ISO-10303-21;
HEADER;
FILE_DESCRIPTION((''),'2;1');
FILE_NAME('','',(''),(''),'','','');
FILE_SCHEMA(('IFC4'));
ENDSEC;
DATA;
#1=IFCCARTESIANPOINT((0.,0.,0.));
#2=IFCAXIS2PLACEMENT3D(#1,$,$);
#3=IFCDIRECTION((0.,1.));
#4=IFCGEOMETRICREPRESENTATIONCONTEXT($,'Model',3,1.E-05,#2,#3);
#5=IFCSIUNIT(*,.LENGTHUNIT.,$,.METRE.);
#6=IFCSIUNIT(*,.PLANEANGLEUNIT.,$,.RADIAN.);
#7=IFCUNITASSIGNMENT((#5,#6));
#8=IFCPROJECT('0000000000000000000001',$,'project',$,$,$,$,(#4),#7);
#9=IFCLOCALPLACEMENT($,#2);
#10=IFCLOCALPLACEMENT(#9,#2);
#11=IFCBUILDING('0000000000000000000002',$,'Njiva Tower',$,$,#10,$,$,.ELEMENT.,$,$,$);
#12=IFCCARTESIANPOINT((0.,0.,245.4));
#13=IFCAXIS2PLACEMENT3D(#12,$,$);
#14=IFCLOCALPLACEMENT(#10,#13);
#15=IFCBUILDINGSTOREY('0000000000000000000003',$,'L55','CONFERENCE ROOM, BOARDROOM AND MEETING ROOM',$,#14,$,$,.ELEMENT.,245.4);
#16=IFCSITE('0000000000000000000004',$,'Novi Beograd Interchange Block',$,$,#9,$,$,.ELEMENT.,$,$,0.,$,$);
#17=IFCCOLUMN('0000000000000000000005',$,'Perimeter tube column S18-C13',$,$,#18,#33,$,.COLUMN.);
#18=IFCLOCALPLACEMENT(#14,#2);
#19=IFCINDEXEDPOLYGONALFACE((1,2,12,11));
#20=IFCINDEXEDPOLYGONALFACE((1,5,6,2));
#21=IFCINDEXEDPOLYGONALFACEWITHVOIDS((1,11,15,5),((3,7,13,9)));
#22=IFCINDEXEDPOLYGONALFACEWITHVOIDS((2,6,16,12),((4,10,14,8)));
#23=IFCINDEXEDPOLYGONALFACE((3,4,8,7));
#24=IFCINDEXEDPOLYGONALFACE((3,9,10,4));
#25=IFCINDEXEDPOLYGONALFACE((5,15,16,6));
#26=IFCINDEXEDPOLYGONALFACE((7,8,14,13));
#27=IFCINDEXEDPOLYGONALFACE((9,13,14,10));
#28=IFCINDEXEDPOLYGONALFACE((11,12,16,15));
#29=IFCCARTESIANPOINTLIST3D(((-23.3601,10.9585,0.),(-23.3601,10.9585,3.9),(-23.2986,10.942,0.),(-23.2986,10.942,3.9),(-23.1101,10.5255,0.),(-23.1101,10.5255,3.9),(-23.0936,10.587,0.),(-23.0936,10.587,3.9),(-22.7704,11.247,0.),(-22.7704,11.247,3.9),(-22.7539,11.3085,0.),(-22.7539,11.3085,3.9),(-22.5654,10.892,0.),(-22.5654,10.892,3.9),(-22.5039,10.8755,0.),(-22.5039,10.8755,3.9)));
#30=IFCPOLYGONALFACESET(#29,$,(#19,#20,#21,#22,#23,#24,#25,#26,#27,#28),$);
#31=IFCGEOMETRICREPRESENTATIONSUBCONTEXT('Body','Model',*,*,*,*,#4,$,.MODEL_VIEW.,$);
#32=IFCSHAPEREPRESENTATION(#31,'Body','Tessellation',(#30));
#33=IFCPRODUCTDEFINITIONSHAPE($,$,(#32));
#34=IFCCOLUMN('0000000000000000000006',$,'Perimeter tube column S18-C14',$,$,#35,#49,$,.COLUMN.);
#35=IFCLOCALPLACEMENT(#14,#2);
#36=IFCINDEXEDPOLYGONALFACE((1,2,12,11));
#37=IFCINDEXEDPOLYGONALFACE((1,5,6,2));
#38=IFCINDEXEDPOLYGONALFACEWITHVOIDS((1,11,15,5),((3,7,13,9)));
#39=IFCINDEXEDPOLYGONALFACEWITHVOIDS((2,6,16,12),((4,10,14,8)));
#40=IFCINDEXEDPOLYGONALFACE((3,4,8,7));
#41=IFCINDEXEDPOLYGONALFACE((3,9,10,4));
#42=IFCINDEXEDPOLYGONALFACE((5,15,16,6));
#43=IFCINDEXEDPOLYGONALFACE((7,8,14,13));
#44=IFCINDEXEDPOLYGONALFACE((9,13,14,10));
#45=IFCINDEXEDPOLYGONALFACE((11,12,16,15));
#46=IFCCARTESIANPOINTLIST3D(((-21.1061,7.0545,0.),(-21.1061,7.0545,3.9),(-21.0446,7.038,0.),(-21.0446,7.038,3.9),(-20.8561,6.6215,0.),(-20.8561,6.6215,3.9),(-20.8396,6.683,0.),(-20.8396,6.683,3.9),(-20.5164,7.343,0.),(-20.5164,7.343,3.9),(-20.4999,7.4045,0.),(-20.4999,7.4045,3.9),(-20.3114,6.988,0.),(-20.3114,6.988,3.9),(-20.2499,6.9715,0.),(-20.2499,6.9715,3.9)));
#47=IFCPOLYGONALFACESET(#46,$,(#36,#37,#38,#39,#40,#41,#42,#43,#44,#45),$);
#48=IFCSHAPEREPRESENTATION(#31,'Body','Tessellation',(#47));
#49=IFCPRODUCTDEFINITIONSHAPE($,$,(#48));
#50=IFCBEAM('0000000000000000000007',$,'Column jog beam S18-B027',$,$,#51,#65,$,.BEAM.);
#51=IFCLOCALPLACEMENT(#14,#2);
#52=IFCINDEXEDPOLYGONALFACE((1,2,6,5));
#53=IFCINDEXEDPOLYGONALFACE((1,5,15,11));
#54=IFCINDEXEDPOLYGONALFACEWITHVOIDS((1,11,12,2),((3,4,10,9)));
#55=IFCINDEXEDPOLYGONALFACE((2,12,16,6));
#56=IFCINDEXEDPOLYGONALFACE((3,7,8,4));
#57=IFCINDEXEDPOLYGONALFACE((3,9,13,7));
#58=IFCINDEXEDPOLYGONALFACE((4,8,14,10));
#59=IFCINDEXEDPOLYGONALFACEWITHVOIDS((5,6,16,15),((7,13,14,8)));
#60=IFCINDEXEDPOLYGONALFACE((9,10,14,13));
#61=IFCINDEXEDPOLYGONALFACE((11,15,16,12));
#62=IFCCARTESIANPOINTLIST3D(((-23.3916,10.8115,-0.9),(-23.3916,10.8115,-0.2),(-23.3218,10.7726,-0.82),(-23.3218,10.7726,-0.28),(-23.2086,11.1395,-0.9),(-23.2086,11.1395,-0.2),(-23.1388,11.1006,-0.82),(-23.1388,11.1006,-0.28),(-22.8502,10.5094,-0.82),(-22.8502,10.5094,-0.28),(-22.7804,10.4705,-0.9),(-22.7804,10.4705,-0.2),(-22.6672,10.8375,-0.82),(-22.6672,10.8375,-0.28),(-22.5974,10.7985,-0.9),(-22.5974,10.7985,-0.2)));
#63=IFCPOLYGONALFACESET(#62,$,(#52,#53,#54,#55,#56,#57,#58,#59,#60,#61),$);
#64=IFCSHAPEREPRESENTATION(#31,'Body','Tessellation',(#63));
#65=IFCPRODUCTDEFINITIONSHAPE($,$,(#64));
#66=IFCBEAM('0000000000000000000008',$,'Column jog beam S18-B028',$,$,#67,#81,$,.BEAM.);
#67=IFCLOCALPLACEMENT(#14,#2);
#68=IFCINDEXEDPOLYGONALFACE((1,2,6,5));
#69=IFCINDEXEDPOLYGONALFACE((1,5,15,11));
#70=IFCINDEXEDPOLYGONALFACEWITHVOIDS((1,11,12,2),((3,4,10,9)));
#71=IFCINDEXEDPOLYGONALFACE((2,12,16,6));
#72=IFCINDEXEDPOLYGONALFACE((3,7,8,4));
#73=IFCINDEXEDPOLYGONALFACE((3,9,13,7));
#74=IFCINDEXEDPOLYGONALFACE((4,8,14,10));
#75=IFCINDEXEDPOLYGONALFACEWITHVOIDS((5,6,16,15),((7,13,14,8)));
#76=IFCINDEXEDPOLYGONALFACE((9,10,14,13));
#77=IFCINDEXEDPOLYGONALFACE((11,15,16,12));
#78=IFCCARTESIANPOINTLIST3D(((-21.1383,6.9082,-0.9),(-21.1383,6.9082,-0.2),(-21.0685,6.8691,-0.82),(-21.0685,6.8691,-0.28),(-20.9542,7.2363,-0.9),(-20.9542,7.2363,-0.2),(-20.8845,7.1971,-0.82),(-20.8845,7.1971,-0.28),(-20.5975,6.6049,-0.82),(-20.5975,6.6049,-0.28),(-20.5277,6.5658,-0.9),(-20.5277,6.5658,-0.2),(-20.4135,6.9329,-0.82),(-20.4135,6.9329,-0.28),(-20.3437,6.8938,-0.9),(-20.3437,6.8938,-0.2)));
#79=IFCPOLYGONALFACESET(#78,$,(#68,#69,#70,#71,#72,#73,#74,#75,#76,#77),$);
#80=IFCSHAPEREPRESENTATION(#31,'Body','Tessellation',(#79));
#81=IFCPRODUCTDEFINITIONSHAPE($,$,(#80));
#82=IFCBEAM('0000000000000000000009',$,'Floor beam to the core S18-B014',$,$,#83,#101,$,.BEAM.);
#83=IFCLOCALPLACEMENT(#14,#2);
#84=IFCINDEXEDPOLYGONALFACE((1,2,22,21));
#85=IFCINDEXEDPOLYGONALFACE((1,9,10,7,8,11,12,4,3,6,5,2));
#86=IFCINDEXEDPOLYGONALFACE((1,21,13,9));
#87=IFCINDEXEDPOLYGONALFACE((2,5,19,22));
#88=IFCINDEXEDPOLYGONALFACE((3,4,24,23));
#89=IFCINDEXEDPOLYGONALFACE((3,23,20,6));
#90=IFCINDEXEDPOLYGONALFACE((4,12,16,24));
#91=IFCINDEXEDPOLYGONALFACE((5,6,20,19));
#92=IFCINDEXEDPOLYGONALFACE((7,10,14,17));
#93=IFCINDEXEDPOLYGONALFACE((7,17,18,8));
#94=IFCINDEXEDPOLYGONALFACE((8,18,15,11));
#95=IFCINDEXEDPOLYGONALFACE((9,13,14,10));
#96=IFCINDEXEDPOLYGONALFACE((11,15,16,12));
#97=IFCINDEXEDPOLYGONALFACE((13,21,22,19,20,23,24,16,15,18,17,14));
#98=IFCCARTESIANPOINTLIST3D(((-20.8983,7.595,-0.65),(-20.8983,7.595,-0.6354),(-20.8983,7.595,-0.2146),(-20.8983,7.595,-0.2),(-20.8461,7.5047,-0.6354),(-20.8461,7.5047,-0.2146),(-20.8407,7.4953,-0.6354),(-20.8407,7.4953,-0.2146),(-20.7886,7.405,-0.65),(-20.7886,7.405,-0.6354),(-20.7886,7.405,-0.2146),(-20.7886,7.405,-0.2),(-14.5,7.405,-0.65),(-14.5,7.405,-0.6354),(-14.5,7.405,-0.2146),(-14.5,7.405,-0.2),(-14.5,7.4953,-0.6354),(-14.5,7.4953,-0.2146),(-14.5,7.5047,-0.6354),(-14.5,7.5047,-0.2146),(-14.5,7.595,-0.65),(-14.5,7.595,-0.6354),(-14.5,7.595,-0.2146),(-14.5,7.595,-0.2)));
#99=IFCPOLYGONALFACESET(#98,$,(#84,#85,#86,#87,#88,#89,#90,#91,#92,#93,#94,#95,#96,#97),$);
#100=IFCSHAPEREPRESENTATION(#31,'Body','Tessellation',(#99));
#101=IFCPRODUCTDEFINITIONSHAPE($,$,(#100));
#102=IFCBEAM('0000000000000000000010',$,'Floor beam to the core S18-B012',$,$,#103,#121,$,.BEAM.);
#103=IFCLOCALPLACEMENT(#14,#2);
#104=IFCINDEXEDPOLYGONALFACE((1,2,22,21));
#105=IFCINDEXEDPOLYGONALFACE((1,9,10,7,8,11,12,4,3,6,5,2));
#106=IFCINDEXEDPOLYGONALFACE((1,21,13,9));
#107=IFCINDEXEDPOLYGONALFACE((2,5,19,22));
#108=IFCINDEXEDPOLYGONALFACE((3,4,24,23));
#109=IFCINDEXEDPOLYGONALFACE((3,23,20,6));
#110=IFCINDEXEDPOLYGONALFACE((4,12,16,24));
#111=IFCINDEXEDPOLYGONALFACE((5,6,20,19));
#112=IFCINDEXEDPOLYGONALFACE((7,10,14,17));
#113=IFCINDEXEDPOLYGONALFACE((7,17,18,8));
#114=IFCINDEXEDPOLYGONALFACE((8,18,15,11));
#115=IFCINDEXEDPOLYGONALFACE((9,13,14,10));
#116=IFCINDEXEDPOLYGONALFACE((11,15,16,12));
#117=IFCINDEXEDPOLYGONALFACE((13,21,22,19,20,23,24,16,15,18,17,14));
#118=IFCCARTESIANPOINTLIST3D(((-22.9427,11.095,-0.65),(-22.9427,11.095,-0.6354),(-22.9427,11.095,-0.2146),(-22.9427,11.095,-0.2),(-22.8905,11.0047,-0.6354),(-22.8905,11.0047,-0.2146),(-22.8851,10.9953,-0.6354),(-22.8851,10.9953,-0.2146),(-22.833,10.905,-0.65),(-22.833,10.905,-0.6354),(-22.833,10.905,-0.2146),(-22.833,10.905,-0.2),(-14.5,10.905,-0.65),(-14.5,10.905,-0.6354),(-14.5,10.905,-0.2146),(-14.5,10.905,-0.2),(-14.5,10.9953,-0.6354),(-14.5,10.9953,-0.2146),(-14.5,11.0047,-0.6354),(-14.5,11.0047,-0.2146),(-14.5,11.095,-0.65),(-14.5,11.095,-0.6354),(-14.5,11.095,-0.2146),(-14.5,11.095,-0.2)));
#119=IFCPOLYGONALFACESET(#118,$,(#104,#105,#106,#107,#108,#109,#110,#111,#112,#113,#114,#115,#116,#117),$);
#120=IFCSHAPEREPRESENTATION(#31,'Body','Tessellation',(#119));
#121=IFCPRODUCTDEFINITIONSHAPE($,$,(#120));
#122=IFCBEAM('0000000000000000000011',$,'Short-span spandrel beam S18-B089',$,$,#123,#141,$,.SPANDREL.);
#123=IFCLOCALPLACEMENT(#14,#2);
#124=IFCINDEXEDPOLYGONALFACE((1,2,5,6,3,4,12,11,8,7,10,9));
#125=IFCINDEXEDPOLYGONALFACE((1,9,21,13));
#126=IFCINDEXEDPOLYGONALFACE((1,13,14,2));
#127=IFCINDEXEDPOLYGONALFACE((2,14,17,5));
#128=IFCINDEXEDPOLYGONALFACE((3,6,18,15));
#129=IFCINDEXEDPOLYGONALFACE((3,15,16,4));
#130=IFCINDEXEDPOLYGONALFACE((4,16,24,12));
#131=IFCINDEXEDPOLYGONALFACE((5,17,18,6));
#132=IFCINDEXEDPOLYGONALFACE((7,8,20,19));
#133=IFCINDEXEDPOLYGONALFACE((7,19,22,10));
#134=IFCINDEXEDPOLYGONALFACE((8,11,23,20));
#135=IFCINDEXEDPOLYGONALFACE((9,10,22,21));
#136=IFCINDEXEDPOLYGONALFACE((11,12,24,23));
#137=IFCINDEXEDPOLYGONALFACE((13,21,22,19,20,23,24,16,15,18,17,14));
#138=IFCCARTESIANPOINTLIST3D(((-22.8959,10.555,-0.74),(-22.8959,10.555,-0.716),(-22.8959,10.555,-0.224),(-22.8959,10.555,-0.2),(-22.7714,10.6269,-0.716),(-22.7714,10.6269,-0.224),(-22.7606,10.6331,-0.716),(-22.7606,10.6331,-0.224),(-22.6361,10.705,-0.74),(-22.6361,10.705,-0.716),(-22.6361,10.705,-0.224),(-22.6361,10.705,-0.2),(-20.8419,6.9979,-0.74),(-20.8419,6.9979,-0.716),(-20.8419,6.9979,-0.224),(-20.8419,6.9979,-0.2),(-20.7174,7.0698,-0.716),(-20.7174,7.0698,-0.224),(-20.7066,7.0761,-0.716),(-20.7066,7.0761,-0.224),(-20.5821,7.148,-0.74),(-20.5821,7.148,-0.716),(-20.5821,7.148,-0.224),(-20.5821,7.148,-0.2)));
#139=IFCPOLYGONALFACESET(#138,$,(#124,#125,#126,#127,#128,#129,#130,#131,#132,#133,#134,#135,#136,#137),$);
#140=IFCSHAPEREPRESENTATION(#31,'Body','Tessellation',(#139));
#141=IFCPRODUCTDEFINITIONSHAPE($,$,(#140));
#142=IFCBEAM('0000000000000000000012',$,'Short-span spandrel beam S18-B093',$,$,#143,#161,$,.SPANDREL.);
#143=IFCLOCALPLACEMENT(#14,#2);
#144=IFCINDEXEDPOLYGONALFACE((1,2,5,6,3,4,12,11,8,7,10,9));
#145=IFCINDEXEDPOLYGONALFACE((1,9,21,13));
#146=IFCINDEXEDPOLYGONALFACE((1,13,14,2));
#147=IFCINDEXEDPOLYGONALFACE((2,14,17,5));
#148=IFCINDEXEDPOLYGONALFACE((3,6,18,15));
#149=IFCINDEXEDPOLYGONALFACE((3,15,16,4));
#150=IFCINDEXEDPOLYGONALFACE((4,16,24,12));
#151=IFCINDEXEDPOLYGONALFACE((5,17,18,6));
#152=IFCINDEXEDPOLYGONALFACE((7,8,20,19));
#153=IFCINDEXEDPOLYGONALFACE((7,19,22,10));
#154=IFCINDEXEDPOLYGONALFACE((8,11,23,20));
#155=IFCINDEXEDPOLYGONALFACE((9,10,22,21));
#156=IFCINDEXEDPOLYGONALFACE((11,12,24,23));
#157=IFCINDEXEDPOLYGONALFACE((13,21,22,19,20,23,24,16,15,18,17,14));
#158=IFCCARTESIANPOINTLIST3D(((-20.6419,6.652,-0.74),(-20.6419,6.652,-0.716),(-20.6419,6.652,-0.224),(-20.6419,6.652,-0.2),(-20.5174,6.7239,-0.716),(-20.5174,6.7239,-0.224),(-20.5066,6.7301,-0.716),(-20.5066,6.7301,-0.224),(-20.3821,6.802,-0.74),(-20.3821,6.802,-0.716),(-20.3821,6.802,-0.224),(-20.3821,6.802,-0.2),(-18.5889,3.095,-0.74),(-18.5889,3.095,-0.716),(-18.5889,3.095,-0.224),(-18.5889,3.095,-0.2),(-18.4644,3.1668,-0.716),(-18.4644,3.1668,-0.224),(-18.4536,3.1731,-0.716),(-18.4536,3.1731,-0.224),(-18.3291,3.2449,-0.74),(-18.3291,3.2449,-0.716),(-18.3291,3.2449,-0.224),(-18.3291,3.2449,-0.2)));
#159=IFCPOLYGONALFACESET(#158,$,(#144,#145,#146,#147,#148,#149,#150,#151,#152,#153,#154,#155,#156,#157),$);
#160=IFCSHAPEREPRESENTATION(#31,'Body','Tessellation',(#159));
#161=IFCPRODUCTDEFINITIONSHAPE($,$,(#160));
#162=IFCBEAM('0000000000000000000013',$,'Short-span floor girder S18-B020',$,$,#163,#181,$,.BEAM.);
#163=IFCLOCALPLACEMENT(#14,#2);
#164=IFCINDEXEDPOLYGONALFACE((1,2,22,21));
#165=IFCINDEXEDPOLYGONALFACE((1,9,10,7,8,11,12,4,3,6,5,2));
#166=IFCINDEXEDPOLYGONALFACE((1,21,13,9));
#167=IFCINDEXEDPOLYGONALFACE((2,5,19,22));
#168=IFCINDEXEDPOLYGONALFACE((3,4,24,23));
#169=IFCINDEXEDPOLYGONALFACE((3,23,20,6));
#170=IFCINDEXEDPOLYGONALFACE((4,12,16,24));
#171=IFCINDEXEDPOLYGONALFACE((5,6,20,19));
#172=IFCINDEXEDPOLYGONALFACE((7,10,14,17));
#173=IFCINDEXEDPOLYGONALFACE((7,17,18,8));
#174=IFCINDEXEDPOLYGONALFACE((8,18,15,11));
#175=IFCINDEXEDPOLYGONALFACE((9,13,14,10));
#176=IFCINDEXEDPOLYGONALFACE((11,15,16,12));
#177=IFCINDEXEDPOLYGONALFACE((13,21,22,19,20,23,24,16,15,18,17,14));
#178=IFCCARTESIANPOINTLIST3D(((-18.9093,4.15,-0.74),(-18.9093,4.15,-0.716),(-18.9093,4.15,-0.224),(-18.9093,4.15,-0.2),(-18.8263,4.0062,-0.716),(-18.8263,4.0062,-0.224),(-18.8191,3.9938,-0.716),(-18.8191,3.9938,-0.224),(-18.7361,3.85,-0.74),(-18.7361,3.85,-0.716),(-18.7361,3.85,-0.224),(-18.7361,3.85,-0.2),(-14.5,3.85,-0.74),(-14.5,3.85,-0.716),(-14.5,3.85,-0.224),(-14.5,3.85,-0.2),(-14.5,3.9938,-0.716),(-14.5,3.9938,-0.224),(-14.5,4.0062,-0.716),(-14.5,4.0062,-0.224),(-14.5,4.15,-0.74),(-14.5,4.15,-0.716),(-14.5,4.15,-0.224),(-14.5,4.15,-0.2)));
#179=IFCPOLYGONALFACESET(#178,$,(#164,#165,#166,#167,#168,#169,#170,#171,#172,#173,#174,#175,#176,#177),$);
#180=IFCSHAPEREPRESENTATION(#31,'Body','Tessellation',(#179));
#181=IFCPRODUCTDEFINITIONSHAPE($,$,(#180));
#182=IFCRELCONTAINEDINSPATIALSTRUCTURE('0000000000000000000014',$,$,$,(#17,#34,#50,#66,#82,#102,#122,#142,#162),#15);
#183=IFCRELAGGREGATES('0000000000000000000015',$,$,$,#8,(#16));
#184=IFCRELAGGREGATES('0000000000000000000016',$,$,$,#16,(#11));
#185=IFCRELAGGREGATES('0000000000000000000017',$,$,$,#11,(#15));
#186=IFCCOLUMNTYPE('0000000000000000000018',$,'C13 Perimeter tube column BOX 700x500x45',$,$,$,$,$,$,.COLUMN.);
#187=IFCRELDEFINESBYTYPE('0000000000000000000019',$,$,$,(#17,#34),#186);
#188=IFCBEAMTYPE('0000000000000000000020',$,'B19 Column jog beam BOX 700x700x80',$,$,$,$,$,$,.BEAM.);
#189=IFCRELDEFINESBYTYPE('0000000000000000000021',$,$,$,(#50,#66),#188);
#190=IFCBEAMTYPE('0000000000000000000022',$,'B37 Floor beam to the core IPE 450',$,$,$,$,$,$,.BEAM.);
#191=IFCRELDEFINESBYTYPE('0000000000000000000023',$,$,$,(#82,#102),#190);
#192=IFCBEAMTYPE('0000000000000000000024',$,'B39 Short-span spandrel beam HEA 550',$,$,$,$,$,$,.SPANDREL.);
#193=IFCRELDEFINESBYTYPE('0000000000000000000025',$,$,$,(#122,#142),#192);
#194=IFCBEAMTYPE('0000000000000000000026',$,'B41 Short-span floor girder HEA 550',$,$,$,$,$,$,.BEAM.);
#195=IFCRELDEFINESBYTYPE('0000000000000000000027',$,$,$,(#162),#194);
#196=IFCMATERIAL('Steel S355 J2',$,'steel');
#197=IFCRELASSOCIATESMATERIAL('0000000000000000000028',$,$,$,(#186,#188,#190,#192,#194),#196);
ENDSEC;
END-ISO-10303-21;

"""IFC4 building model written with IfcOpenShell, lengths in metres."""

from ifc_helpers import new_model, si_unit, direction, frame, origin, origin_2d, place, context, subcontext, project, spatial, hollow_rectangle, i_section, extrude, clip, halfspace, material, material_profile, profile_set, type_object, element, save


model = new_model("IFC4")

# Units and contexts
model_context = context("Model", 3, precision=1e-05, world=origin(), true_north=direction((0.0, 1.0)))
body_context = subcontext(model_context, "Body", "Model", "MODEL_VIEW")
ifc_project = project(units=[si_unit("LENGTHUNIT", "METRE"), si_unit("PLANEANGLEUNIT", "RADIAN")], contexts=[model_context])

# Site, building, storey
site_placement = place(None, origin())
site = spatial("IfcSite", under=ifc_project, at=site_placement, Name="Novi Beograd Interchange Block", CompositionType="ELEMENT", RefElevation=0.0)
building_placement = place(site_placement, origin())
building = spatial("IfcBuilding", under=site, at=building_placement, Name="Njiva Tower", CompositionType="ELEMENT")
storey_placement = place(building_placement, frame((0.0, 0.0, 245.4)))
storey = spatial("IfcBuildingStorey", under=building, at=storey_placement, Name="L55", Description="CONFERENCE ROOM, BOARDROOM AND MEETING ROOM", CompositionType="ELEMENT", Elevation=245.4)

# Columns
ifc_material_1 = material(Name="Steel S355 J2", Category="steel")
ifc_material_profile_1 = material_profile(ifc_material_1, hollow_rectangle(XDim=0.5, YDim=0.7, WallThickness=0.045, at=origin_2d()), Name="BOX 700x500x45")
ifc_profile_set_1 = profile_set([ifc_material_profile_1], Name="Steel S355 J2")
column_type = type_object("IfcColumnType", Name="C13 Perimeter tube column BOX 700x500x45", PredefinedType="COLUMN", material=ifc_profile_set_1)
for number, where, z_axis, x_axis, name in (
    (1, (-22.932, 10.917, 0.0), (0.0, 0.0, 1.0), (0.5, -0.866025, 0.0), "Perimeter tube column S18-C13"),
    (2, (-20.678, 7.013, 0.0), (0.0, 0.0, 1.0), (0.5, -0.866025, 0.0), "Perimeter tube column S18-C14"),
):
    element("IfcColumn", number, at=place(storey_placement, frame(where, z_axis=z_axis, x_axis=x_axis)), inside=storey, type_object=column_type, Name=name, PredefinedType="COLUMN", context=body_context, shape_type="SweptSolid", body=[
        extrude(hollow_rectangle(XDim=0.5, YDim=0.7, WallThickness=0.045, at=origin_2d()), origin(), (0.0, 0.0, 1.0), 3.9),
    ])

# Beams
ifc_material_profile_2 = material_profile(ifc_material_1, hollow_rectangle(XDim=0.7, YDim=0.7, WallThickness=0.08, at=origin_2d()), Name="BOX 700x700x80")
ifc_profile_set_2 = profile_set([ifc_material_profile_2], Name="Steel S355 J2")
beam_type_1 = type_object("IfcBeamType", Name="B19 Column jog beam BOX 700x700x80", PredefinedType="BEAM", material=ifc_profile_set_2)
beam_1_placement = place(storey_placement, frame((-23.086, 10.641, -0.55), z_axis=(0.487225, 0.873277, 0.0), x_axis=(-0.873277, 0.487225, 0.0)))
element("IfcBeam", 3, at=beam_1_placement, inside=storey, type_object=beam_type_1, Name="Column jog beam S18-B027", PredefinedType="BEAM", context=body_context, shape_type="SweptSolid", body=[
    extrude(hollow_rectangle(XDim=0.7, YDim=0.7, WallThickness=0.08, at=origin_2d()), origin(), (0.0, 0.0, 1.0), 0.3756),
])
beam_2_placement = place(storey_placement, frame((-20.833, 6.737, -0.55), z_axis=(0.489251, 0.872143, 0.0), x_axis=(-0.872143, 0.489251, 0.0)))
element("IfcBeam", 4, at=beam_2_placement, inside=storey, type_object=beam_type_1, Name="Column jog beam S18-B028", PredefinedType="BEAM", context=body_context, shape_type="SweptSolid", body=[
    extrude(hollow_rectangle(XDim=0.7, YDim=0.7, WallThickness=0.08, at=origin_2d()), origin(), (0.0, 0.0, 1.0), 0.3761),
])
ifc_material_profile_3 = material_profile(ifc_material_1, i_section(OverallWidth=0.19, OverallDepth=0.45, WebThickness=0.0094, FlangeThickness=0.0146, at=origin_2d()), Name="IPE 450")
ifc_profile_set_3 = profile_set([ifc_material_profile_3], Name="Steel S355 J2")
beam_type_2 = type_object("IfcBeamType", Name="B37 Floor beam to the core IPE 450", PredefinedType="BEAM", material=ifc_profile_set_3)
beam_3_placement = place(storey_placement, frame((-20.918, 7.5, -0.425), z_axis=(1.0, 0.0, 0.0), x_axis=(0.0, 1.0, 0.0)))
element("IfcBeam", 5, at=beam_3_placement, inside=storey, type_object=beam_type_2, Name="Floor beam to the core S18-B014", PredefinedType="BEAM", context=body_context, shape_type="Clipping", body=[
    clip(extrude(i_section(OverallWidth=0.19, OverallDepth=0.45, WebThickness=0.0094, FlangeThickness=0.0146, at=origin_2d()), origin(), (0.0, 0.0, 1.0), 6.418), halfspace(frame((-0.025, 0.0, 0.089), z_axis=(-0.499998, 0.0, -0.866027), x_axis=(0.0, -1.0, 0.0)), False)),
])
beam_4_placement = place(storey_placement, frame((-22.963, 11.0, -0.425), z_axis=(1.0, 0.0, 0.0), x_axis=(0.0, 1.0, 0.0)))
element("IfcBeam", 6, at=beam_4_placement, inside=storey, type_object=beam_type_2, Name="Floor beam to the core S18-B012", PredefinedType="BEAM", context=body_context, shape_type="Clipping", body=[
    clip(extrude(i_section(OverallWidth=0.19, OverallDepth=0.45, WebThickness=0.0094, FlangeThickness=0.0146, at=origin_2d()), origin(), (0.0, 0.0, 1.0), 8.463), halfspace(frame((-0.025, 0.0, 0.0896), z_axis=(-0.499998, 0.0, -0.866027), x_axis=(0.0, -1.0, 0.0)), False)),
])
ifc_material_profile_4 = material_profile(ifc_material_1, i_section(OverallWidth=0.3, OverallDepth=0.54, WebThickness=0.0125, FlangeThickness=0.024, at=origin_2d()), Name="HEA 550")
ifc_profile_set_4 = profile_set([ifc_material_profile_4], Name="Steel S355 J2")
beam_type_3 = type_object("IfcBeamType", Name="B39 Short-span spandrel beam HEA 550", PredefinedType="SPANDREL", material=ifc_profile_set_4)
beam_5_placement = place(storey_placement, frame((-22.766, 10.63, -0.47), z_axis=(0.500067, -0.865987, 0.0), x_axis=(0.865987, 0.500067, 0.0)))
element("IfcBeam", 7, at=beam_5_placement, inside=storey, type_object=beam_type_3, Name="Short-span spandrel beam S18-B089", PredefinedType="SPANDREL", context=body_context, shape_type="SweptSolid", body=[
    extrude(i_section(OverallWidth=0.3, OverallDepth=0.54, WebThickness=0.0125, FlangeThickness=0.024, at=origin_2d()), origin(), (0.0, 0.0, 1.0), 4.1075),
])
beam_6_placement = place(storey_placement, frame((-20.512, 6.727, -0.47), z_axis=(0.499884, -0.866092, 0.0), x_axis=(0.866092, 0.499884, 0.0)))
element("IfcBeam", 8, at=beam_6_placement, inside=storey, type_object=beam_type_3, Name="Short-span spandrel beam S18-B093", PredefinedType="SPANDREL", context=body_context, shape_type="SweptSolid", body=[
    extrude(i_section(OverallWidth=0.3, OverallDepth=0.54, WebThickness=0.0125, FlangeThickness=0.024, at=origin_2d()), origin(), (0.0, 0.0, 1.0), 4.107),
])
ifc_material_profile_5 = material_profile(ifc_material_1, i_section(OverallWidth=0.3, OverallDepth=0.54, WebThickness=0.0125, FlangeThickness=0.024, at=origin_2d()), Name="HEA 550")
ifc_profile_set_5 = profile_set([ifc_material_profile_5], Name="Steel S355 J2")
beam_type_4 = type_object("IfcBeamType", Name="B41 Short-span floor girder HEA 550", PredefinedType="BEAM", material=ifc_profile_set_5)
beam_7_placement = place(storey_placement, frame((-18.93, 4.0, -0.47), z_axis=(1.0, 0.0, 0.0), x_axis=(0.0, 1.0, 0.0)))
element("IfcBeam", 9, at=beam_7_placement, inside=storey, type_object=beam_type_4, Name="Short-span floor girder S18-B020", PredefinedType="BEAM", context=body_context, shape_type="Clipping", body=[
    clip(extrude(i_section(OverallWidth=0.3, OverallDepth=0.54, WebThickness=0.0125, FlangeThickness=0.024, at=origin_2d()), origin(), (0.0, 0.0, 1.0), 4.43), halfspace(frame((-0.025, 0.0, 0.1217), z_axis=(-0.499998, 0.0, -0.866027), x_axis=(0.0, -1.0, 0.0)), False)),
])

save(model, "model.ifc")
